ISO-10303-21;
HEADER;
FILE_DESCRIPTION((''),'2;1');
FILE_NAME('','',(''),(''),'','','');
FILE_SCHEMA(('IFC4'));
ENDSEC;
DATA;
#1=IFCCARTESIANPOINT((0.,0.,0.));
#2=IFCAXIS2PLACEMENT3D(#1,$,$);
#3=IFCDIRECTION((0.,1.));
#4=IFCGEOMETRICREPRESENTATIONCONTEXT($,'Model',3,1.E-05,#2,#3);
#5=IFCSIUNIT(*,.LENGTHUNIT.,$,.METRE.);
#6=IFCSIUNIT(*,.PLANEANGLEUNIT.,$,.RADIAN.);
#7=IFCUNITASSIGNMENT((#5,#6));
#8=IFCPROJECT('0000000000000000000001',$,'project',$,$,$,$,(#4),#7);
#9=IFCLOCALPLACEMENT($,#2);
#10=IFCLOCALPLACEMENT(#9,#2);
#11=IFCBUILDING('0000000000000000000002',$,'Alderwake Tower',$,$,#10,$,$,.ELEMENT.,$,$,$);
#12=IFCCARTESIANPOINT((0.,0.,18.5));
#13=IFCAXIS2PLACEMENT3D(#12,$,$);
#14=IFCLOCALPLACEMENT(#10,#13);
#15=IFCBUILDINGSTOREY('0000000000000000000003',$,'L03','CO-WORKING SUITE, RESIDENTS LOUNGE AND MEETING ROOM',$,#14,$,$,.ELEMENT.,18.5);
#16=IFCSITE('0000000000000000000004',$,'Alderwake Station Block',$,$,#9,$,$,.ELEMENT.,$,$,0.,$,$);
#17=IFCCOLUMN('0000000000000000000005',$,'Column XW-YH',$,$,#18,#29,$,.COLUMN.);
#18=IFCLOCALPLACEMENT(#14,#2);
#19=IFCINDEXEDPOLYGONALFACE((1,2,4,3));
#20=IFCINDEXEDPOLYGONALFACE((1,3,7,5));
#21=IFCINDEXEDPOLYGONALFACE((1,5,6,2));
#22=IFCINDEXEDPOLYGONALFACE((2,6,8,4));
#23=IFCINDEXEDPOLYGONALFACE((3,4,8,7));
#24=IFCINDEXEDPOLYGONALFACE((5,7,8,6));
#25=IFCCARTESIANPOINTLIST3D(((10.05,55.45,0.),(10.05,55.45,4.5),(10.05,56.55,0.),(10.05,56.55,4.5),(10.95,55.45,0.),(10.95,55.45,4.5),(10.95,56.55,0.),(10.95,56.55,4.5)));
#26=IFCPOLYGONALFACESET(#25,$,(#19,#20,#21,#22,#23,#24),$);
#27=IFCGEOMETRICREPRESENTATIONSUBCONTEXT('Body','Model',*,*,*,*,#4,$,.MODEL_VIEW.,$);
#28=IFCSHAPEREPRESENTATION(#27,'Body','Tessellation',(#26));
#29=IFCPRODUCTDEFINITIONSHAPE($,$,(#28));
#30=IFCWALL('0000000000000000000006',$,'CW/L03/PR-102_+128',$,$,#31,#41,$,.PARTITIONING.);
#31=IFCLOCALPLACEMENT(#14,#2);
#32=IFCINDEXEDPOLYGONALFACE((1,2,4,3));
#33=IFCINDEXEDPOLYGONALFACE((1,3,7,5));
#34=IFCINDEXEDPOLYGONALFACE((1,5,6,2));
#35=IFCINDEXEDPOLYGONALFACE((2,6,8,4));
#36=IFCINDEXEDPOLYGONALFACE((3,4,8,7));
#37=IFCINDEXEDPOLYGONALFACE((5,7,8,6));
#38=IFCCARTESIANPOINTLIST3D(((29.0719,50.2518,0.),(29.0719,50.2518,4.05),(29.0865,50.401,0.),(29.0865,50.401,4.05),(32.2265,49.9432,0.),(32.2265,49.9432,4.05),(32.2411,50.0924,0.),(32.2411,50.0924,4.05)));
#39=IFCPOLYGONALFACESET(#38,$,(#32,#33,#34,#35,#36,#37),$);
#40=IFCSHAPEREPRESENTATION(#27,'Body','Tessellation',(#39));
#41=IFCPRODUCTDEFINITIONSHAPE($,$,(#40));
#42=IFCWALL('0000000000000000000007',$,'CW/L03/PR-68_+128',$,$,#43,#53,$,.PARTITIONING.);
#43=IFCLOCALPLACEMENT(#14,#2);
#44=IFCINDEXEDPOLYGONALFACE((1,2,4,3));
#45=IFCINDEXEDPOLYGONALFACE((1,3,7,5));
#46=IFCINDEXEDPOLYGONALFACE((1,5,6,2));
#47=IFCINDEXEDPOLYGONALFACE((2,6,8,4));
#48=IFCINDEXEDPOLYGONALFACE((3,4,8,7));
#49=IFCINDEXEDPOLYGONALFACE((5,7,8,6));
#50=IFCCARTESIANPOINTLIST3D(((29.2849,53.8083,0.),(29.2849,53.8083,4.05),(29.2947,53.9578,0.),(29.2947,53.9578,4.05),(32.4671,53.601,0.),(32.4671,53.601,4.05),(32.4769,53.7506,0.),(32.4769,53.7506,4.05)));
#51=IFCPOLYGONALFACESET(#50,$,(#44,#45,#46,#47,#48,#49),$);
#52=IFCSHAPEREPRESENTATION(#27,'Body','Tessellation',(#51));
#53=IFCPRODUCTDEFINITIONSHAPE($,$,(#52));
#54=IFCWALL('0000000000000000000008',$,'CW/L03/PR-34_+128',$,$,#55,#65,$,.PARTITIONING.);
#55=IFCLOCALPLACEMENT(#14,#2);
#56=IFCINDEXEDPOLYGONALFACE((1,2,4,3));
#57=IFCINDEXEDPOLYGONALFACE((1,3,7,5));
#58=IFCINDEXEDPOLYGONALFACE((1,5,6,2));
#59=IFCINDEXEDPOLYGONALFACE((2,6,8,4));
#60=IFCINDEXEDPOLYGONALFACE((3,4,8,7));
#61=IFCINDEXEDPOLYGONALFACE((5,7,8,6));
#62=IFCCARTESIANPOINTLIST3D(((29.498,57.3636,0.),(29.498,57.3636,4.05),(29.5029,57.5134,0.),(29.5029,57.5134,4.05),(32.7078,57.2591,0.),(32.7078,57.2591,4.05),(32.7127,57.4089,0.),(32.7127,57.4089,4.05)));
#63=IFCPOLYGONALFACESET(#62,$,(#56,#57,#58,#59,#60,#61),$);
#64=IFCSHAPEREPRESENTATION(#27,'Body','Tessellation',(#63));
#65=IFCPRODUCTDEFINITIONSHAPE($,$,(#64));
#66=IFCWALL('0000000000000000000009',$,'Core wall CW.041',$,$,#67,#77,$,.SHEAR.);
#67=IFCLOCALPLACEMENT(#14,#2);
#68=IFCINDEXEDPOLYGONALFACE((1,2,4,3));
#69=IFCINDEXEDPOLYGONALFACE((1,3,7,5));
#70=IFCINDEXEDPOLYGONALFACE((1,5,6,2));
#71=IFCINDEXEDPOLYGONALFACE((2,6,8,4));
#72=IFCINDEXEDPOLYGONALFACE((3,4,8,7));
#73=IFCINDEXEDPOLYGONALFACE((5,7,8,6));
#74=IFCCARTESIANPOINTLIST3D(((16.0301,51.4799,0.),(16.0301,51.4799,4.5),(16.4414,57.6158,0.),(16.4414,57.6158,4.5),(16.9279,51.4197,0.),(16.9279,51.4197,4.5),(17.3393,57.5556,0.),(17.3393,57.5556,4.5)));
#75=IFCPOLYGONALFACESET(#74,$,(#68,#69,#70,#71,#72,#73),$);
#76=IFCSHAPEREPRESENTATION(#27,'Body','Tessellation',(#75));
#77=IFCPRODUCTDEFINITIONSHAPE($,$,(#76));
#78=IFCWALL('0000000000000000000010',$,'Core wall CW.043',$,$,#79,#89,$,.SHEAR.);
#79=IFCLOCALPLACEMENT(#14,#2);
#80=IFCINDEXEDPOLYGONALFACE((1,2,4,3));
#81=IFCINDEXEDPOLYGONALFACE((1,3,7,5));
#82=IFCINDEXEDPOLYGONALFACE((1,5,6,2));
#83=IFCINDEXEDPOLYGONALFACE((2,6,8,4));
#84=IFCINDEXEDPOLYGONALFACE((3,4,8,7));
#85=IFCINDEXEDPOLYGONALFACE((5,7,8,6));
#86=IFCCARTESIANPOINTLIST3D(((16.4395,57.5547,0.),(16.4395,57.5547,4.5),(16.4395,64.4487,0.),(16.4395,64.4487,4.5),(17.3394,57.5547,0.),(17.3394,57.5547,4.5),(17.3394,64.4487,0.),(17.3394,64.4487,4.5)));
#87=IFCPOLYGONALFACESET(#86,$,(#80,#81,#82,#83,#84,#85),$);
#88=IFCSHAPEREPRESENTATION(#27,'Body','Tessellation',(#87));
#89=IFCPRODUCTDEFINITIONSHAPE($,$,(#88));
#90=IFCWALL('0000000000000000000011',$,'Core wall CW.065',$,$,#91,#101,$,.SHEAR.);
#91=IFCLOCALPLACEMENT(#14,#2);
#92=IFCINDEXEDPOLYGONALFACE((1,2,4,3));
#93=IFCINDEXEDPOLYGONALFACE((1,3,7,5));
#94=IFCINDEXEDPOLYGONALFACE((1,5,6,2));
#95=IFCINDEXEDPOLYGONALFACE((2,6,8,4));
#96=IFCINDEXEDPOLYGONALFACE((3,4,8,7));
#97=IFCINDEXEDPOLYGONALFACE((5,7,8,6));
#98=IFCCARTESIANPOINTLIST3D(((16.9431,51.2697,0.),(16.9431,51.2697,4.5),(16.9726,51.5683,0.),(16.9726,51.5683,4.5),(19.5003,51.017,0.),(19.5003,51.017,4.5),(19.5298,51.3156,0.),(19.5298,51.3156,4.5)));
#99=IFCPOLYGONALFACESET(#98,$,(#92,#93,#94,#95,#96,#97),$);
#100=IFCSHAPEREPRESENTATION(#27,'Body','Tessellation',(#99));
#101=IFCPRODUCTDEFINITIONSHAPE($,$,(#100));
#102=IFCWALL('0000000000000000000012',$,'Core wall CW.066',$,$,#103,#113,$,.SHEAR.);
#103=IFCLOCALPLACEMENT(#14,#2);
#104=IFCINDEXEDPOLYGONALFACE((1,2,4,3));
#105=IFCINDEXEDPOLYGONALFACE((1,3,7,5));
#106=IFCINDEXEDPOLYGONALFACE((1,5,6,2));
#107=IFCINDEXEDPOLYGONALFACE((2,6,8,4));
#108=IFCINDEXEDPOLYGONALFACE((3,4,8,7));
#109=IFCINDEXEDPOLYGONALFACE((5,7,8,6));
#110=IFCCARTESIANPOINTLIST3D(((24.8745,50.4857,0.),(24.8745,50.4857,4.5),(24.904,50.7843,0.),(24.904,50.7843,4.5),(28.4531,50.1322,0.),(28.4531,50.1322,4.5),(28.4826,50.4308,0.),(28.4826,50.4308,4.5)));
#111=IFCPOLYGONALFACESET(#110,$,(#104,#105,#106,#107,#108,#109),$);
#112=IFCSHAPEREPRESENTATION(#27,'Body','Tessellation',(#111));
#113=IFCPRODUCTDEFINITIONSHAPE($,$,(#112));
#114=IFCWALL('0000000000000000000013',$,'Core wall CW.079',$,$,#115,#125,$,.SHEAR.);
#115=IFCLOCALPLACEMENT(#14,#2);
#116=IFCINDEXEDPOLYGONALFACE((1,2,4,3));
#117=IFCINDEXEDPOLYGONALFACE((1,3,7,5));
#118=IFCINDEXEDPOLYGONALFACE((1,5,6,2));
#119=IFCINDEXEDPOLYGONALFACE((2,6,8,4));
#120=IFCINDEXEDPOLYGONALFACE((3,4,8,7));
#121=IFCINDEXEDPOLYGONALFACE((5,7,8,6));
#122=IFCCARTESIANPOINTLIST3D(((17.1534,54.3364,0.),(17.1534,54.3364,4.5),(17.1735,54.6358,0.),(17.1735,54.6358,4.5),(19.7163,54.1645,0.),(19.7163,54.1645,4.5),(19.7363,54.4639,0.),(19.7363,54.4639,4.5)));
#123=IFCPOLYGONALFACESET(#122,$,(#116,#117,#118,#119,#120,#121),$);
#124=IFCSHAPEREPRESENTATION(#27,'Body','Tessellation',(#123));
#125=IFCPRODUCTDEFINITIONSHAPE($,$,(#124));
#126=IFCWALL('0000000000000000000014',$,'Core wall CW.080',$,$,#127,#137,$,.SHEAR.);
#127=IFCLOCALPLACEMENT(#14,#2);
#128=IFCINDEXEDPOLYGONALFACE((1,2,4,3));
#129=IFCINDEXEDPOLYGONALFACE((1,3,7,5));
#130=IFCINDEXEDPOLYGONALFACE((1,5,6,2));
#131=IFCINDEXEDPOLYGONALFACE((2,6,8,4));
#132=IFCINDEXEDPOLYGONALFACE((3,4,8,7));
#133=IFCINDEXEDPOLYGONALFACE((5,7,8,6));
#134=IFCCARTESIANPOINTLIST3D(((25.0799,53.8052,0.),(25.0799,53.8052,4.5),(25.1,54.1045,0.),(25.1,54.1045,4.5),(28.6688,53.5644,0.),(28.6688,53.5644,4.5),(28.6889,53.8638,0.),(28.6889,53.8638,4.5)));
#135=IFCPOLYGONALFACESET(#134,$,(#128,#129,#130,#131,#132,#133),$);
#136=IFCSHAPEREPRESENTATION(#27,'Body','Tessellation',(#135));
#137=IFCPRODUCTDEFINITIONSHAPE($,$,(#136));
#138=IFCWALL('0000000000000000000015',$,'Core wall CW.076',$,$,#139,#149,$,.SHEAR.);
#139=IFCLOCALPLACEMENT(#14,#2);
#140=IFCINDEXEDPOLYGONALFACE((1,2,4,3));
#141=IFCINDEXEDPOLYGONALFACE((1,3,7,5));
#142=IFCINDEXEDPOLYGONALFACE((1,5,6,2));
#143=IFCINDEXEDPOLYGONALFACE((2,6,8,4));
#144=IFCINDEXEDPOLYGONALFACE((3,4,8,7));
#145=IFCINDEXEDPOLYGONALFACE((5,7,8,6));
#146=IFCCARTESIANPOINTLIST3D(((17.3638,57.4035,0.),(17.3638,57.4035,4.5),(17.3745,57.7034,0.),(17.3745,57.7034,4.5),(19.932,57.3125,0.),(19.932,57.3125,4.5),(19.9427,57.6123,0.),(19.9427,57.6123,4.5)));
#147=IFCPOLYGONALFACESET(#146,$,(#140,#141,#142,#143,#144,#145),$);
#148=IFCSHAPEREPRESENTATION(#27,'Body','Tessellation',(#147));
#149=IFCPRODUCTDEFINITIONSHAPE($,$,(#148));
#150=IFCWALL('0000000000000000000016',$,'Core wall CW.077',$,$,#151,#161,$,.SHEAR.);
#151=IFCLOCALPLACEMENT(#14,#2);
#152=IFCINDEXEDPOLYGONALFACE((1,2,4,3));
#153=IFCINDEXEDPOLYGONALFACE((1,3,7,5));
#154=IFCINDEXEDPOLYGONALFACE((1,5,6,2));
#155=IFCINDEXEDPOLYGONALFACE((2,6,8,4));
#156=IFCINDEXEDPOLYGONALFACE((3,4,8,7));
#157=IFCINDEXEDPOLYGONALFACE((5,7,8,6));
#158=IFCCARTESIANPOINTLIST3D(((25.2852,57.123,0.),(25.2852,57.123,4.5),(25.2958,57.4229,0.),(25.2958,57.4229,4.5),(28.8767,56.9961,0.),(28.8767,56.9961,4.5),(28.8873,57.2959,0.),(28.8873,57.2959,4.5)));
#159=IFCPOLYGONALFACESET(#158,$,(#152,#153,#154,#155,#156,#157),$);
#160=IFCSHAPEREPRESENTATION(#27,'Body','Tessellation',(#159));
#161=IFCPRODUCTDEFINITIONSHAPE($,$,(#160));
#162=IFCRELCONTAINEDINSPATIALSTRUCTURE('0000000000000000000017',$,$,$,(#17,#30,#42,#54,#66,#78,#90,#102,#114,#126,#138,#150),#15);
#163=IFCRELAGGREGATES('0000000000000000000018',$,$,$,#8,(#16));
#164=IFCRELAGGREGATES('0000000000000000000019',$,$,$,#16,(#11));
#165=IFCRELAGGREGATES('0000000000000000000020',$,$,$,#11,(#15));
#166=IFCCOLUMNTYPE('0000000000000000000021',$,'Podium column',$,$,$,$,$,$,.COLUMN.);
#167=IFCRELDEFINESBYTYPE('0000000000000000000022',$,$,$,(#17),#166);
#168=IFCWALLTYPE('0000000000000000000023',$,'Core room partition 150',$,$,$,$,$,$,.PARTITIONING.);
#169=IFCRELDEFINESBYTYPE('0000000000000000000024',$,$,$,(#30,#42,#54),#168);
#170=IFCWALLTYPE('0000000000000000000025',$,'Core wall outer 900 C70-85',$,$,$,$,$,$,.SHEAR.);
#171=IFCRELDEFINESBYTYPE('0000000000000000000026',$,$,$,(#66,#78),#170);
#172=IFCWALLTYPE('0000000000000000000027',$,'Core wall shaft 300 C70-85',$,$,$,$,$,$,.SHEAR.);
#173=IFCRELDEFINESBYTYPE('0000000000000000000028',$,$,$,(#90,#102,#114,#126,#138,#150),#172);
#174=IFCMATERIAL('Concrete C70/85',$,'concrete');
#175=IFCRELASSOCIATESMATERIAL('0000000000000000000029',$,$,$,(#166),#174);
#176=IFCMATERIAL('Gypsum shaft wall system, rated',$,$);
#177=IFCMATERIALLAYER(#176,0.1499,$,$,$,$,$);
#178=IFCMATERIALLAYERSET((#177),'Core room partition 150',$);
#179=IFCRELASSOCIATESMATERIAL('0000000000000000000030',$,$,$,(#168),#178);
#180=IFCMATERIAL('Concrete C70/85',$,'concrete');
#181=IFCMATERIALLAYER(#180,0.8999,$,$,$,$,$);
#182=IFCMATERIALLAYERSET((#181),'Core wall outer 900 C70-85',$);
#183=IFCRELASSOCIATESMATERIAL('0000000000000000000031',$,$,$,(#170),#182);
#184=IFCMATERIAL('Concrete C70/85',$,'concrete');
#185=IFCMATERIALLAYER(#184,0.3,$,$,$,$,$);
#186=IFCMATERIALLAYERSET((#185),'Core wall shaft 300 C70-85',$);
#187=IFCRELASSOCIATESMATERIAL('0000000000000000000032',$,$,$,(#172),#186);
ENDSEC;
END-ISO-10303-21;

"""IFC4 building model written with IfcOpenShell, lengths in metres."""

from ifc_helpers import new_model, si_unit, direction, frame, frame_2d, origin, origin_2d, place, context, subcontext, project, spatial, rectangle, extrude, material, layer, layer_set, material_profile, profile_set, type_object, element, save


model = new_model("IFC4")

# Units and contexts
model_context = context("Model", 3, precision=1e-05, world=origin(), true_north=direction((0.0, 1.0)))
body_context = subcontext(model_context, "Body", "Model", "MODEL_VIEW")
ifc_project = project(units=[si_unit("LENGTHUNIT", "METRE"), si_unit("PLANEANGLEUNIT", "RADIAN")], contexts=[model_context])

# Site, building, storey
site_placement = place(None, origin())
site = spatial("IfcSite", under=ifc_project, at=site_placement, Name="Alderwake Station Block", CompositionType="ELEMENT", RefElevation=0.0)
building_placement = place(site_placement, origin())
building = spatial("IfcBuilding", under=site, at=building_placement, Name="Alderwake Tower", CompositionType="ELEMENT")
storey_placement = place(building_placement, frame((0.0, 0.0, 18.5)))
storey = spatial("IfcBuildingStorey", under=building, at=storey_placement, Name="L03", Description="CO-WORKING SUITE, RESIDENTS LOUNGE AND MEETING ROOM", CompositionType="ELEMENT", Elevation=18.5)

# Column
ifc_material_1 = material(Name="Concrete C70/85", Category="concrete")
ifc_material_profile = material_profile(ifc_material_1, rectangle(XDim=0.8999, YDim=1.1001, at=origin_2d()), Name="RC 1100X900")
ifc_profile_set = profile_set([ifc_material_profile], Name="Concrete C70/85")
column_type = type_object("IfcColumnType", Name="Podium column", PredefinedType="COLUMN", material=ifc_profile_set)
column_placement = place(storey_placement, frame((10.5, 56.0, 0.0), z_axis=(0.0, 0.0, 1.0), x_axis=(1.0, 0.0, 0.0)))
element("IfcColumn", 1, at=column_placement, inside=storey, type_object=column_type, Name="Column XW-YH", PredefinedType="COLUMN", context=body_context, shape_type="SweptSolid", body=[
    extrude(rectangle(XDim=0.8999, YDim=1.1001, at=origin_2d()), origin(), (0.0, 0.0, 1.0), 4.5),
])

# Walls
ifc_material_2 = material(Name="Gypsum shaft wall system, rated")
ifc_layer_1 = layer(ifc_material_2, 0.1499)
ifc_layer_set_1 = layer_set([ifc_layer_1], Name="Core room partition 150")
wall_type_1 = type_object("IfcWallType", Name="Core room partition 150", PredefinedType="PARTITIONING", material=ifc_layer_set_1)
wall_1_placement = place(storey_placement, frame((29.0791, 50.3264, 0.0), z_axis=(0.0, 0.0, 1.0), x_axis=(0.995249, -0.09736, 0.0)))
element("IfcWall", 2, at=wall_1_placement, inside=storey, type_object=wall_type_1, Name="CW/L03/PR-102_+128", PredefinedType="PARTITIONING", context=body_context, shape_type="SweptSolid", body=[
    extrude(rectangle(XDim=3.1697, YDim=0.1499, at=frame_2d((1.585, 0.0))), origin(), (0.0, 0.0, 1.0), 4.05),
])
wall_2_placement = place(storey_placement, frame((29.2898, 53.8831, 0.0), z_axis=(0.0, 0.0, 1.0), x_axis=(0.997885, -0.065, 0.0)))
element("IfcWall", 3, at=wall_2_placement, inside=storey, type_object=wall_type_1, Name="CW/L03/PR-68_+128", PredefinedType="PARTITIONING", context=body_context, shape_type="SweptSolid", body=[
    extrude(rectangle(XDim=3.189, YDim=0.1499, at=frame_2d((1.5945, 0.0))), origin(), (0.0, 0.0, 1.0), 4.05),
])
wall_3_placement = place(storey_placement, frame((29.5005, 57.4385, 0.0), z_axis=(0.0, 0.0, 1.0), x_axis=(0.999471, -0.032538, 0.0)))
element("IfcWall", 4, at=wall_3_placement, inside=storey, type_object=wall_type_1, Name="CW/L03/PR-34_+128", PredefinedType="PARTITIONING", context=body_context, shape_type="SweptSolid", body=[
    extrude(rectangle(XDim=3.2114, YDim=0.1499, at=frame_2d((1.6057, 0.0))), origin(), (0.0, 0.0, 1.0), 4.05),
])
ifc_material_3 = material(Name="Concrete C70/85", Category="concrete")
ifc_layer_2 = layer(ifc_material_3, 0.8999)
ifc_layer_set_2 = layer_set([ifc_layer_2], Name="Core wall outer 900 C70-85")
wall_type_2 = type_object("IfcWallType", Name="Core wall outer 900 C70-85", PredefinedType="SHEAR", material=ifc_layer_set_2)
wall_4_placement = place(storey_placement, frame((16.479, 51.45, 0.0), z_axis=(0.0, 0.0, 1.0), x_axis=(0.066893, 0.99776, 0.0)))
element("IfcWall", 5, at=wall_4_placement, inside=storey, type_object=wall_type_2, Name="Core wall CW.041", PredefinedType="SHEAR", context=body_context, shape_type="SweptSolid", body=[
    extrude(rectangle(XDim=6.1497, YDim=0.8999, at=frame_2d((3.0747, 0.0))), origin(), (0.0, 0.0, 1.0), 4.5),
])
wall_5_placement = place(storey_placement, frame((16.8894, 57.5547, 0.0), z_axis=(0.0, 0.0, 1.0), x_axis=(0.0, 1.0, 0.0)))
element("IfcWall", 6, at=wall_5_placement, inside=storey, type_object=wall_type_2, Name="Core wall CW.043", PredefinedType="SHEAR", context=body_context, shape_type="SweptSolid", body=[
    extrude(rectangle(XDim=6.894, YDim=0.8999, at=frame_2d((3.447, 0.0))), origin(), (0.0, 0.0, 1.0), 4.5),
])
ifc_material_4 = material(Name="Concrete C70/85", Category="concrete")
ifc_layer_3 = layer(ifc_material_4, 0.3)
ifc_layer_set_3 = layer_set([ifc_layer_3], Name="Core wall shaft 300 C70-85")
wall_type_3 = type_object("IfcWallType", Name="Core wall shaft 300 C70-85", PredefinedType="SHEAR", material=ifc_layer_set_3)
wall_6_placement = place(storey_placement, frame((16.958, 51.4189, 0.0), z_axis=(0.0, 0.0, 1.0), x_axis=(0.995153, -0.098337, 0.0)))
element("IfcWall", 7, at=wall_6_placement, inside=storey, type_object=wall_type_3, Name="Core wall CW.065", PredefinedType="SHEAR", context=body_context, shape_type="SweptSolid", body=[
    extrude(rectangle(XDim=2.5696, YDim=0.3, at=frame_2d((1.2847, 0.0))), origin(), (0.0, 0.0, 1.0), 4.5),
])
wall_7_placement = place(storey_placement, frame((24.8894, 50.635, 0.0), z_axis=(0.0, 0.0, 1.0), x_axis=(0.995156, -0.098307, 0.0)))
element("IfcWall", 8, at=wall_7_placement, inside=storey, type_object=wall_type_3, Name="Core wall CW.066", PredefinedType="SHEAR", context=body_context, shape_type="SweptSolid", body=[
    extrude(rectangle(XDim=3.5959, YDim=0.3, at=frame_2d((1.7979, 0.0))), origin(), (0.0, 0.0, 1.0), 4.5),
])
wall_8_placement = place(storey_placement, frame((17.1636, 54.4861, 0.0), z_axis=(0.0, 0.0, 1.0), x_axis=(0.997759, -0.066916, 0.0)))
element("IfcWall", 9, at=wall_8_placement, inside=storey, type_object=wall_type_3, Name="Core wall CW.079", PredefinedType="SHEAR", context=body_context, shape_type="SweptSolid", body=[
    extrude(rectangle(XDim=2.5686, YDim=0.3, at=frame_2d((1.2842, 0.0))), origin(), (0.0, 0.0, 1.0), 4.5),
])
wall_9_placement = place(storey_placement, frame((25.0901, 53.9548, 0.0), z_axis=(0.0, 0.0, 1.0), x_axis=(0.997758, -0.066924, 0.0)))
element("IfcWall", 10, at=wall_9_placement, inside=storey, type_object=wall_type_3, Name="Core wall CW.080", PredefinedType="SHEAR", context=body_context, shape_type="SweptSolid", body=[
    extrude(rectangle(XDim=3.5969, YDim=0.3, at=frame_2d((1.7983, 0.0))), origin(), (0.0, 0.0, 1.0), 4.5),
])
wall_10_placement = place(storey_placement, frame((17.3691, 57.5535, 0.0), z_axis=(0.0, 0.0, 1.0), x_axis=(0.999372, -0.035437, 0.0)))
element("IfcWall", 11, at=wall_10_placement, inside=storey, type_object=wall_type_3, Name="Core wall CW.076", PredefinedType="SHEAR", context=body_context, shape_type="SweptSolid", body=[
    extrude(rectangle(XDim=2.5698, YDim=0.3, at=frame_2d((1.2849, 0.0))), origin(), (0.0, 0.0, 1.0), 4.5),
])
wall_11_placement = place(storey_placement, frame((25.2905, 57.2729, 0.0), z_axis=(0.0, 0.0, 1.0), x_axis=(0.999376, -0.035326, 0.0)))
element("IfcWall", 12, at=wall_11_placement, inside=storey, type_object=wall_type_3, Name="Core wall CW.077", PredefinedType="SHEAR", context=body_context, shape_type="SweptSolid", body=[
    extrude(rectangle(XDim=3.5938, YDim=0.3, at=frame_2d((1.7969, 0.0))), origin(), (0.0, 0.0, 1.0), 4.5),
])

save(model, "model.ifc")
